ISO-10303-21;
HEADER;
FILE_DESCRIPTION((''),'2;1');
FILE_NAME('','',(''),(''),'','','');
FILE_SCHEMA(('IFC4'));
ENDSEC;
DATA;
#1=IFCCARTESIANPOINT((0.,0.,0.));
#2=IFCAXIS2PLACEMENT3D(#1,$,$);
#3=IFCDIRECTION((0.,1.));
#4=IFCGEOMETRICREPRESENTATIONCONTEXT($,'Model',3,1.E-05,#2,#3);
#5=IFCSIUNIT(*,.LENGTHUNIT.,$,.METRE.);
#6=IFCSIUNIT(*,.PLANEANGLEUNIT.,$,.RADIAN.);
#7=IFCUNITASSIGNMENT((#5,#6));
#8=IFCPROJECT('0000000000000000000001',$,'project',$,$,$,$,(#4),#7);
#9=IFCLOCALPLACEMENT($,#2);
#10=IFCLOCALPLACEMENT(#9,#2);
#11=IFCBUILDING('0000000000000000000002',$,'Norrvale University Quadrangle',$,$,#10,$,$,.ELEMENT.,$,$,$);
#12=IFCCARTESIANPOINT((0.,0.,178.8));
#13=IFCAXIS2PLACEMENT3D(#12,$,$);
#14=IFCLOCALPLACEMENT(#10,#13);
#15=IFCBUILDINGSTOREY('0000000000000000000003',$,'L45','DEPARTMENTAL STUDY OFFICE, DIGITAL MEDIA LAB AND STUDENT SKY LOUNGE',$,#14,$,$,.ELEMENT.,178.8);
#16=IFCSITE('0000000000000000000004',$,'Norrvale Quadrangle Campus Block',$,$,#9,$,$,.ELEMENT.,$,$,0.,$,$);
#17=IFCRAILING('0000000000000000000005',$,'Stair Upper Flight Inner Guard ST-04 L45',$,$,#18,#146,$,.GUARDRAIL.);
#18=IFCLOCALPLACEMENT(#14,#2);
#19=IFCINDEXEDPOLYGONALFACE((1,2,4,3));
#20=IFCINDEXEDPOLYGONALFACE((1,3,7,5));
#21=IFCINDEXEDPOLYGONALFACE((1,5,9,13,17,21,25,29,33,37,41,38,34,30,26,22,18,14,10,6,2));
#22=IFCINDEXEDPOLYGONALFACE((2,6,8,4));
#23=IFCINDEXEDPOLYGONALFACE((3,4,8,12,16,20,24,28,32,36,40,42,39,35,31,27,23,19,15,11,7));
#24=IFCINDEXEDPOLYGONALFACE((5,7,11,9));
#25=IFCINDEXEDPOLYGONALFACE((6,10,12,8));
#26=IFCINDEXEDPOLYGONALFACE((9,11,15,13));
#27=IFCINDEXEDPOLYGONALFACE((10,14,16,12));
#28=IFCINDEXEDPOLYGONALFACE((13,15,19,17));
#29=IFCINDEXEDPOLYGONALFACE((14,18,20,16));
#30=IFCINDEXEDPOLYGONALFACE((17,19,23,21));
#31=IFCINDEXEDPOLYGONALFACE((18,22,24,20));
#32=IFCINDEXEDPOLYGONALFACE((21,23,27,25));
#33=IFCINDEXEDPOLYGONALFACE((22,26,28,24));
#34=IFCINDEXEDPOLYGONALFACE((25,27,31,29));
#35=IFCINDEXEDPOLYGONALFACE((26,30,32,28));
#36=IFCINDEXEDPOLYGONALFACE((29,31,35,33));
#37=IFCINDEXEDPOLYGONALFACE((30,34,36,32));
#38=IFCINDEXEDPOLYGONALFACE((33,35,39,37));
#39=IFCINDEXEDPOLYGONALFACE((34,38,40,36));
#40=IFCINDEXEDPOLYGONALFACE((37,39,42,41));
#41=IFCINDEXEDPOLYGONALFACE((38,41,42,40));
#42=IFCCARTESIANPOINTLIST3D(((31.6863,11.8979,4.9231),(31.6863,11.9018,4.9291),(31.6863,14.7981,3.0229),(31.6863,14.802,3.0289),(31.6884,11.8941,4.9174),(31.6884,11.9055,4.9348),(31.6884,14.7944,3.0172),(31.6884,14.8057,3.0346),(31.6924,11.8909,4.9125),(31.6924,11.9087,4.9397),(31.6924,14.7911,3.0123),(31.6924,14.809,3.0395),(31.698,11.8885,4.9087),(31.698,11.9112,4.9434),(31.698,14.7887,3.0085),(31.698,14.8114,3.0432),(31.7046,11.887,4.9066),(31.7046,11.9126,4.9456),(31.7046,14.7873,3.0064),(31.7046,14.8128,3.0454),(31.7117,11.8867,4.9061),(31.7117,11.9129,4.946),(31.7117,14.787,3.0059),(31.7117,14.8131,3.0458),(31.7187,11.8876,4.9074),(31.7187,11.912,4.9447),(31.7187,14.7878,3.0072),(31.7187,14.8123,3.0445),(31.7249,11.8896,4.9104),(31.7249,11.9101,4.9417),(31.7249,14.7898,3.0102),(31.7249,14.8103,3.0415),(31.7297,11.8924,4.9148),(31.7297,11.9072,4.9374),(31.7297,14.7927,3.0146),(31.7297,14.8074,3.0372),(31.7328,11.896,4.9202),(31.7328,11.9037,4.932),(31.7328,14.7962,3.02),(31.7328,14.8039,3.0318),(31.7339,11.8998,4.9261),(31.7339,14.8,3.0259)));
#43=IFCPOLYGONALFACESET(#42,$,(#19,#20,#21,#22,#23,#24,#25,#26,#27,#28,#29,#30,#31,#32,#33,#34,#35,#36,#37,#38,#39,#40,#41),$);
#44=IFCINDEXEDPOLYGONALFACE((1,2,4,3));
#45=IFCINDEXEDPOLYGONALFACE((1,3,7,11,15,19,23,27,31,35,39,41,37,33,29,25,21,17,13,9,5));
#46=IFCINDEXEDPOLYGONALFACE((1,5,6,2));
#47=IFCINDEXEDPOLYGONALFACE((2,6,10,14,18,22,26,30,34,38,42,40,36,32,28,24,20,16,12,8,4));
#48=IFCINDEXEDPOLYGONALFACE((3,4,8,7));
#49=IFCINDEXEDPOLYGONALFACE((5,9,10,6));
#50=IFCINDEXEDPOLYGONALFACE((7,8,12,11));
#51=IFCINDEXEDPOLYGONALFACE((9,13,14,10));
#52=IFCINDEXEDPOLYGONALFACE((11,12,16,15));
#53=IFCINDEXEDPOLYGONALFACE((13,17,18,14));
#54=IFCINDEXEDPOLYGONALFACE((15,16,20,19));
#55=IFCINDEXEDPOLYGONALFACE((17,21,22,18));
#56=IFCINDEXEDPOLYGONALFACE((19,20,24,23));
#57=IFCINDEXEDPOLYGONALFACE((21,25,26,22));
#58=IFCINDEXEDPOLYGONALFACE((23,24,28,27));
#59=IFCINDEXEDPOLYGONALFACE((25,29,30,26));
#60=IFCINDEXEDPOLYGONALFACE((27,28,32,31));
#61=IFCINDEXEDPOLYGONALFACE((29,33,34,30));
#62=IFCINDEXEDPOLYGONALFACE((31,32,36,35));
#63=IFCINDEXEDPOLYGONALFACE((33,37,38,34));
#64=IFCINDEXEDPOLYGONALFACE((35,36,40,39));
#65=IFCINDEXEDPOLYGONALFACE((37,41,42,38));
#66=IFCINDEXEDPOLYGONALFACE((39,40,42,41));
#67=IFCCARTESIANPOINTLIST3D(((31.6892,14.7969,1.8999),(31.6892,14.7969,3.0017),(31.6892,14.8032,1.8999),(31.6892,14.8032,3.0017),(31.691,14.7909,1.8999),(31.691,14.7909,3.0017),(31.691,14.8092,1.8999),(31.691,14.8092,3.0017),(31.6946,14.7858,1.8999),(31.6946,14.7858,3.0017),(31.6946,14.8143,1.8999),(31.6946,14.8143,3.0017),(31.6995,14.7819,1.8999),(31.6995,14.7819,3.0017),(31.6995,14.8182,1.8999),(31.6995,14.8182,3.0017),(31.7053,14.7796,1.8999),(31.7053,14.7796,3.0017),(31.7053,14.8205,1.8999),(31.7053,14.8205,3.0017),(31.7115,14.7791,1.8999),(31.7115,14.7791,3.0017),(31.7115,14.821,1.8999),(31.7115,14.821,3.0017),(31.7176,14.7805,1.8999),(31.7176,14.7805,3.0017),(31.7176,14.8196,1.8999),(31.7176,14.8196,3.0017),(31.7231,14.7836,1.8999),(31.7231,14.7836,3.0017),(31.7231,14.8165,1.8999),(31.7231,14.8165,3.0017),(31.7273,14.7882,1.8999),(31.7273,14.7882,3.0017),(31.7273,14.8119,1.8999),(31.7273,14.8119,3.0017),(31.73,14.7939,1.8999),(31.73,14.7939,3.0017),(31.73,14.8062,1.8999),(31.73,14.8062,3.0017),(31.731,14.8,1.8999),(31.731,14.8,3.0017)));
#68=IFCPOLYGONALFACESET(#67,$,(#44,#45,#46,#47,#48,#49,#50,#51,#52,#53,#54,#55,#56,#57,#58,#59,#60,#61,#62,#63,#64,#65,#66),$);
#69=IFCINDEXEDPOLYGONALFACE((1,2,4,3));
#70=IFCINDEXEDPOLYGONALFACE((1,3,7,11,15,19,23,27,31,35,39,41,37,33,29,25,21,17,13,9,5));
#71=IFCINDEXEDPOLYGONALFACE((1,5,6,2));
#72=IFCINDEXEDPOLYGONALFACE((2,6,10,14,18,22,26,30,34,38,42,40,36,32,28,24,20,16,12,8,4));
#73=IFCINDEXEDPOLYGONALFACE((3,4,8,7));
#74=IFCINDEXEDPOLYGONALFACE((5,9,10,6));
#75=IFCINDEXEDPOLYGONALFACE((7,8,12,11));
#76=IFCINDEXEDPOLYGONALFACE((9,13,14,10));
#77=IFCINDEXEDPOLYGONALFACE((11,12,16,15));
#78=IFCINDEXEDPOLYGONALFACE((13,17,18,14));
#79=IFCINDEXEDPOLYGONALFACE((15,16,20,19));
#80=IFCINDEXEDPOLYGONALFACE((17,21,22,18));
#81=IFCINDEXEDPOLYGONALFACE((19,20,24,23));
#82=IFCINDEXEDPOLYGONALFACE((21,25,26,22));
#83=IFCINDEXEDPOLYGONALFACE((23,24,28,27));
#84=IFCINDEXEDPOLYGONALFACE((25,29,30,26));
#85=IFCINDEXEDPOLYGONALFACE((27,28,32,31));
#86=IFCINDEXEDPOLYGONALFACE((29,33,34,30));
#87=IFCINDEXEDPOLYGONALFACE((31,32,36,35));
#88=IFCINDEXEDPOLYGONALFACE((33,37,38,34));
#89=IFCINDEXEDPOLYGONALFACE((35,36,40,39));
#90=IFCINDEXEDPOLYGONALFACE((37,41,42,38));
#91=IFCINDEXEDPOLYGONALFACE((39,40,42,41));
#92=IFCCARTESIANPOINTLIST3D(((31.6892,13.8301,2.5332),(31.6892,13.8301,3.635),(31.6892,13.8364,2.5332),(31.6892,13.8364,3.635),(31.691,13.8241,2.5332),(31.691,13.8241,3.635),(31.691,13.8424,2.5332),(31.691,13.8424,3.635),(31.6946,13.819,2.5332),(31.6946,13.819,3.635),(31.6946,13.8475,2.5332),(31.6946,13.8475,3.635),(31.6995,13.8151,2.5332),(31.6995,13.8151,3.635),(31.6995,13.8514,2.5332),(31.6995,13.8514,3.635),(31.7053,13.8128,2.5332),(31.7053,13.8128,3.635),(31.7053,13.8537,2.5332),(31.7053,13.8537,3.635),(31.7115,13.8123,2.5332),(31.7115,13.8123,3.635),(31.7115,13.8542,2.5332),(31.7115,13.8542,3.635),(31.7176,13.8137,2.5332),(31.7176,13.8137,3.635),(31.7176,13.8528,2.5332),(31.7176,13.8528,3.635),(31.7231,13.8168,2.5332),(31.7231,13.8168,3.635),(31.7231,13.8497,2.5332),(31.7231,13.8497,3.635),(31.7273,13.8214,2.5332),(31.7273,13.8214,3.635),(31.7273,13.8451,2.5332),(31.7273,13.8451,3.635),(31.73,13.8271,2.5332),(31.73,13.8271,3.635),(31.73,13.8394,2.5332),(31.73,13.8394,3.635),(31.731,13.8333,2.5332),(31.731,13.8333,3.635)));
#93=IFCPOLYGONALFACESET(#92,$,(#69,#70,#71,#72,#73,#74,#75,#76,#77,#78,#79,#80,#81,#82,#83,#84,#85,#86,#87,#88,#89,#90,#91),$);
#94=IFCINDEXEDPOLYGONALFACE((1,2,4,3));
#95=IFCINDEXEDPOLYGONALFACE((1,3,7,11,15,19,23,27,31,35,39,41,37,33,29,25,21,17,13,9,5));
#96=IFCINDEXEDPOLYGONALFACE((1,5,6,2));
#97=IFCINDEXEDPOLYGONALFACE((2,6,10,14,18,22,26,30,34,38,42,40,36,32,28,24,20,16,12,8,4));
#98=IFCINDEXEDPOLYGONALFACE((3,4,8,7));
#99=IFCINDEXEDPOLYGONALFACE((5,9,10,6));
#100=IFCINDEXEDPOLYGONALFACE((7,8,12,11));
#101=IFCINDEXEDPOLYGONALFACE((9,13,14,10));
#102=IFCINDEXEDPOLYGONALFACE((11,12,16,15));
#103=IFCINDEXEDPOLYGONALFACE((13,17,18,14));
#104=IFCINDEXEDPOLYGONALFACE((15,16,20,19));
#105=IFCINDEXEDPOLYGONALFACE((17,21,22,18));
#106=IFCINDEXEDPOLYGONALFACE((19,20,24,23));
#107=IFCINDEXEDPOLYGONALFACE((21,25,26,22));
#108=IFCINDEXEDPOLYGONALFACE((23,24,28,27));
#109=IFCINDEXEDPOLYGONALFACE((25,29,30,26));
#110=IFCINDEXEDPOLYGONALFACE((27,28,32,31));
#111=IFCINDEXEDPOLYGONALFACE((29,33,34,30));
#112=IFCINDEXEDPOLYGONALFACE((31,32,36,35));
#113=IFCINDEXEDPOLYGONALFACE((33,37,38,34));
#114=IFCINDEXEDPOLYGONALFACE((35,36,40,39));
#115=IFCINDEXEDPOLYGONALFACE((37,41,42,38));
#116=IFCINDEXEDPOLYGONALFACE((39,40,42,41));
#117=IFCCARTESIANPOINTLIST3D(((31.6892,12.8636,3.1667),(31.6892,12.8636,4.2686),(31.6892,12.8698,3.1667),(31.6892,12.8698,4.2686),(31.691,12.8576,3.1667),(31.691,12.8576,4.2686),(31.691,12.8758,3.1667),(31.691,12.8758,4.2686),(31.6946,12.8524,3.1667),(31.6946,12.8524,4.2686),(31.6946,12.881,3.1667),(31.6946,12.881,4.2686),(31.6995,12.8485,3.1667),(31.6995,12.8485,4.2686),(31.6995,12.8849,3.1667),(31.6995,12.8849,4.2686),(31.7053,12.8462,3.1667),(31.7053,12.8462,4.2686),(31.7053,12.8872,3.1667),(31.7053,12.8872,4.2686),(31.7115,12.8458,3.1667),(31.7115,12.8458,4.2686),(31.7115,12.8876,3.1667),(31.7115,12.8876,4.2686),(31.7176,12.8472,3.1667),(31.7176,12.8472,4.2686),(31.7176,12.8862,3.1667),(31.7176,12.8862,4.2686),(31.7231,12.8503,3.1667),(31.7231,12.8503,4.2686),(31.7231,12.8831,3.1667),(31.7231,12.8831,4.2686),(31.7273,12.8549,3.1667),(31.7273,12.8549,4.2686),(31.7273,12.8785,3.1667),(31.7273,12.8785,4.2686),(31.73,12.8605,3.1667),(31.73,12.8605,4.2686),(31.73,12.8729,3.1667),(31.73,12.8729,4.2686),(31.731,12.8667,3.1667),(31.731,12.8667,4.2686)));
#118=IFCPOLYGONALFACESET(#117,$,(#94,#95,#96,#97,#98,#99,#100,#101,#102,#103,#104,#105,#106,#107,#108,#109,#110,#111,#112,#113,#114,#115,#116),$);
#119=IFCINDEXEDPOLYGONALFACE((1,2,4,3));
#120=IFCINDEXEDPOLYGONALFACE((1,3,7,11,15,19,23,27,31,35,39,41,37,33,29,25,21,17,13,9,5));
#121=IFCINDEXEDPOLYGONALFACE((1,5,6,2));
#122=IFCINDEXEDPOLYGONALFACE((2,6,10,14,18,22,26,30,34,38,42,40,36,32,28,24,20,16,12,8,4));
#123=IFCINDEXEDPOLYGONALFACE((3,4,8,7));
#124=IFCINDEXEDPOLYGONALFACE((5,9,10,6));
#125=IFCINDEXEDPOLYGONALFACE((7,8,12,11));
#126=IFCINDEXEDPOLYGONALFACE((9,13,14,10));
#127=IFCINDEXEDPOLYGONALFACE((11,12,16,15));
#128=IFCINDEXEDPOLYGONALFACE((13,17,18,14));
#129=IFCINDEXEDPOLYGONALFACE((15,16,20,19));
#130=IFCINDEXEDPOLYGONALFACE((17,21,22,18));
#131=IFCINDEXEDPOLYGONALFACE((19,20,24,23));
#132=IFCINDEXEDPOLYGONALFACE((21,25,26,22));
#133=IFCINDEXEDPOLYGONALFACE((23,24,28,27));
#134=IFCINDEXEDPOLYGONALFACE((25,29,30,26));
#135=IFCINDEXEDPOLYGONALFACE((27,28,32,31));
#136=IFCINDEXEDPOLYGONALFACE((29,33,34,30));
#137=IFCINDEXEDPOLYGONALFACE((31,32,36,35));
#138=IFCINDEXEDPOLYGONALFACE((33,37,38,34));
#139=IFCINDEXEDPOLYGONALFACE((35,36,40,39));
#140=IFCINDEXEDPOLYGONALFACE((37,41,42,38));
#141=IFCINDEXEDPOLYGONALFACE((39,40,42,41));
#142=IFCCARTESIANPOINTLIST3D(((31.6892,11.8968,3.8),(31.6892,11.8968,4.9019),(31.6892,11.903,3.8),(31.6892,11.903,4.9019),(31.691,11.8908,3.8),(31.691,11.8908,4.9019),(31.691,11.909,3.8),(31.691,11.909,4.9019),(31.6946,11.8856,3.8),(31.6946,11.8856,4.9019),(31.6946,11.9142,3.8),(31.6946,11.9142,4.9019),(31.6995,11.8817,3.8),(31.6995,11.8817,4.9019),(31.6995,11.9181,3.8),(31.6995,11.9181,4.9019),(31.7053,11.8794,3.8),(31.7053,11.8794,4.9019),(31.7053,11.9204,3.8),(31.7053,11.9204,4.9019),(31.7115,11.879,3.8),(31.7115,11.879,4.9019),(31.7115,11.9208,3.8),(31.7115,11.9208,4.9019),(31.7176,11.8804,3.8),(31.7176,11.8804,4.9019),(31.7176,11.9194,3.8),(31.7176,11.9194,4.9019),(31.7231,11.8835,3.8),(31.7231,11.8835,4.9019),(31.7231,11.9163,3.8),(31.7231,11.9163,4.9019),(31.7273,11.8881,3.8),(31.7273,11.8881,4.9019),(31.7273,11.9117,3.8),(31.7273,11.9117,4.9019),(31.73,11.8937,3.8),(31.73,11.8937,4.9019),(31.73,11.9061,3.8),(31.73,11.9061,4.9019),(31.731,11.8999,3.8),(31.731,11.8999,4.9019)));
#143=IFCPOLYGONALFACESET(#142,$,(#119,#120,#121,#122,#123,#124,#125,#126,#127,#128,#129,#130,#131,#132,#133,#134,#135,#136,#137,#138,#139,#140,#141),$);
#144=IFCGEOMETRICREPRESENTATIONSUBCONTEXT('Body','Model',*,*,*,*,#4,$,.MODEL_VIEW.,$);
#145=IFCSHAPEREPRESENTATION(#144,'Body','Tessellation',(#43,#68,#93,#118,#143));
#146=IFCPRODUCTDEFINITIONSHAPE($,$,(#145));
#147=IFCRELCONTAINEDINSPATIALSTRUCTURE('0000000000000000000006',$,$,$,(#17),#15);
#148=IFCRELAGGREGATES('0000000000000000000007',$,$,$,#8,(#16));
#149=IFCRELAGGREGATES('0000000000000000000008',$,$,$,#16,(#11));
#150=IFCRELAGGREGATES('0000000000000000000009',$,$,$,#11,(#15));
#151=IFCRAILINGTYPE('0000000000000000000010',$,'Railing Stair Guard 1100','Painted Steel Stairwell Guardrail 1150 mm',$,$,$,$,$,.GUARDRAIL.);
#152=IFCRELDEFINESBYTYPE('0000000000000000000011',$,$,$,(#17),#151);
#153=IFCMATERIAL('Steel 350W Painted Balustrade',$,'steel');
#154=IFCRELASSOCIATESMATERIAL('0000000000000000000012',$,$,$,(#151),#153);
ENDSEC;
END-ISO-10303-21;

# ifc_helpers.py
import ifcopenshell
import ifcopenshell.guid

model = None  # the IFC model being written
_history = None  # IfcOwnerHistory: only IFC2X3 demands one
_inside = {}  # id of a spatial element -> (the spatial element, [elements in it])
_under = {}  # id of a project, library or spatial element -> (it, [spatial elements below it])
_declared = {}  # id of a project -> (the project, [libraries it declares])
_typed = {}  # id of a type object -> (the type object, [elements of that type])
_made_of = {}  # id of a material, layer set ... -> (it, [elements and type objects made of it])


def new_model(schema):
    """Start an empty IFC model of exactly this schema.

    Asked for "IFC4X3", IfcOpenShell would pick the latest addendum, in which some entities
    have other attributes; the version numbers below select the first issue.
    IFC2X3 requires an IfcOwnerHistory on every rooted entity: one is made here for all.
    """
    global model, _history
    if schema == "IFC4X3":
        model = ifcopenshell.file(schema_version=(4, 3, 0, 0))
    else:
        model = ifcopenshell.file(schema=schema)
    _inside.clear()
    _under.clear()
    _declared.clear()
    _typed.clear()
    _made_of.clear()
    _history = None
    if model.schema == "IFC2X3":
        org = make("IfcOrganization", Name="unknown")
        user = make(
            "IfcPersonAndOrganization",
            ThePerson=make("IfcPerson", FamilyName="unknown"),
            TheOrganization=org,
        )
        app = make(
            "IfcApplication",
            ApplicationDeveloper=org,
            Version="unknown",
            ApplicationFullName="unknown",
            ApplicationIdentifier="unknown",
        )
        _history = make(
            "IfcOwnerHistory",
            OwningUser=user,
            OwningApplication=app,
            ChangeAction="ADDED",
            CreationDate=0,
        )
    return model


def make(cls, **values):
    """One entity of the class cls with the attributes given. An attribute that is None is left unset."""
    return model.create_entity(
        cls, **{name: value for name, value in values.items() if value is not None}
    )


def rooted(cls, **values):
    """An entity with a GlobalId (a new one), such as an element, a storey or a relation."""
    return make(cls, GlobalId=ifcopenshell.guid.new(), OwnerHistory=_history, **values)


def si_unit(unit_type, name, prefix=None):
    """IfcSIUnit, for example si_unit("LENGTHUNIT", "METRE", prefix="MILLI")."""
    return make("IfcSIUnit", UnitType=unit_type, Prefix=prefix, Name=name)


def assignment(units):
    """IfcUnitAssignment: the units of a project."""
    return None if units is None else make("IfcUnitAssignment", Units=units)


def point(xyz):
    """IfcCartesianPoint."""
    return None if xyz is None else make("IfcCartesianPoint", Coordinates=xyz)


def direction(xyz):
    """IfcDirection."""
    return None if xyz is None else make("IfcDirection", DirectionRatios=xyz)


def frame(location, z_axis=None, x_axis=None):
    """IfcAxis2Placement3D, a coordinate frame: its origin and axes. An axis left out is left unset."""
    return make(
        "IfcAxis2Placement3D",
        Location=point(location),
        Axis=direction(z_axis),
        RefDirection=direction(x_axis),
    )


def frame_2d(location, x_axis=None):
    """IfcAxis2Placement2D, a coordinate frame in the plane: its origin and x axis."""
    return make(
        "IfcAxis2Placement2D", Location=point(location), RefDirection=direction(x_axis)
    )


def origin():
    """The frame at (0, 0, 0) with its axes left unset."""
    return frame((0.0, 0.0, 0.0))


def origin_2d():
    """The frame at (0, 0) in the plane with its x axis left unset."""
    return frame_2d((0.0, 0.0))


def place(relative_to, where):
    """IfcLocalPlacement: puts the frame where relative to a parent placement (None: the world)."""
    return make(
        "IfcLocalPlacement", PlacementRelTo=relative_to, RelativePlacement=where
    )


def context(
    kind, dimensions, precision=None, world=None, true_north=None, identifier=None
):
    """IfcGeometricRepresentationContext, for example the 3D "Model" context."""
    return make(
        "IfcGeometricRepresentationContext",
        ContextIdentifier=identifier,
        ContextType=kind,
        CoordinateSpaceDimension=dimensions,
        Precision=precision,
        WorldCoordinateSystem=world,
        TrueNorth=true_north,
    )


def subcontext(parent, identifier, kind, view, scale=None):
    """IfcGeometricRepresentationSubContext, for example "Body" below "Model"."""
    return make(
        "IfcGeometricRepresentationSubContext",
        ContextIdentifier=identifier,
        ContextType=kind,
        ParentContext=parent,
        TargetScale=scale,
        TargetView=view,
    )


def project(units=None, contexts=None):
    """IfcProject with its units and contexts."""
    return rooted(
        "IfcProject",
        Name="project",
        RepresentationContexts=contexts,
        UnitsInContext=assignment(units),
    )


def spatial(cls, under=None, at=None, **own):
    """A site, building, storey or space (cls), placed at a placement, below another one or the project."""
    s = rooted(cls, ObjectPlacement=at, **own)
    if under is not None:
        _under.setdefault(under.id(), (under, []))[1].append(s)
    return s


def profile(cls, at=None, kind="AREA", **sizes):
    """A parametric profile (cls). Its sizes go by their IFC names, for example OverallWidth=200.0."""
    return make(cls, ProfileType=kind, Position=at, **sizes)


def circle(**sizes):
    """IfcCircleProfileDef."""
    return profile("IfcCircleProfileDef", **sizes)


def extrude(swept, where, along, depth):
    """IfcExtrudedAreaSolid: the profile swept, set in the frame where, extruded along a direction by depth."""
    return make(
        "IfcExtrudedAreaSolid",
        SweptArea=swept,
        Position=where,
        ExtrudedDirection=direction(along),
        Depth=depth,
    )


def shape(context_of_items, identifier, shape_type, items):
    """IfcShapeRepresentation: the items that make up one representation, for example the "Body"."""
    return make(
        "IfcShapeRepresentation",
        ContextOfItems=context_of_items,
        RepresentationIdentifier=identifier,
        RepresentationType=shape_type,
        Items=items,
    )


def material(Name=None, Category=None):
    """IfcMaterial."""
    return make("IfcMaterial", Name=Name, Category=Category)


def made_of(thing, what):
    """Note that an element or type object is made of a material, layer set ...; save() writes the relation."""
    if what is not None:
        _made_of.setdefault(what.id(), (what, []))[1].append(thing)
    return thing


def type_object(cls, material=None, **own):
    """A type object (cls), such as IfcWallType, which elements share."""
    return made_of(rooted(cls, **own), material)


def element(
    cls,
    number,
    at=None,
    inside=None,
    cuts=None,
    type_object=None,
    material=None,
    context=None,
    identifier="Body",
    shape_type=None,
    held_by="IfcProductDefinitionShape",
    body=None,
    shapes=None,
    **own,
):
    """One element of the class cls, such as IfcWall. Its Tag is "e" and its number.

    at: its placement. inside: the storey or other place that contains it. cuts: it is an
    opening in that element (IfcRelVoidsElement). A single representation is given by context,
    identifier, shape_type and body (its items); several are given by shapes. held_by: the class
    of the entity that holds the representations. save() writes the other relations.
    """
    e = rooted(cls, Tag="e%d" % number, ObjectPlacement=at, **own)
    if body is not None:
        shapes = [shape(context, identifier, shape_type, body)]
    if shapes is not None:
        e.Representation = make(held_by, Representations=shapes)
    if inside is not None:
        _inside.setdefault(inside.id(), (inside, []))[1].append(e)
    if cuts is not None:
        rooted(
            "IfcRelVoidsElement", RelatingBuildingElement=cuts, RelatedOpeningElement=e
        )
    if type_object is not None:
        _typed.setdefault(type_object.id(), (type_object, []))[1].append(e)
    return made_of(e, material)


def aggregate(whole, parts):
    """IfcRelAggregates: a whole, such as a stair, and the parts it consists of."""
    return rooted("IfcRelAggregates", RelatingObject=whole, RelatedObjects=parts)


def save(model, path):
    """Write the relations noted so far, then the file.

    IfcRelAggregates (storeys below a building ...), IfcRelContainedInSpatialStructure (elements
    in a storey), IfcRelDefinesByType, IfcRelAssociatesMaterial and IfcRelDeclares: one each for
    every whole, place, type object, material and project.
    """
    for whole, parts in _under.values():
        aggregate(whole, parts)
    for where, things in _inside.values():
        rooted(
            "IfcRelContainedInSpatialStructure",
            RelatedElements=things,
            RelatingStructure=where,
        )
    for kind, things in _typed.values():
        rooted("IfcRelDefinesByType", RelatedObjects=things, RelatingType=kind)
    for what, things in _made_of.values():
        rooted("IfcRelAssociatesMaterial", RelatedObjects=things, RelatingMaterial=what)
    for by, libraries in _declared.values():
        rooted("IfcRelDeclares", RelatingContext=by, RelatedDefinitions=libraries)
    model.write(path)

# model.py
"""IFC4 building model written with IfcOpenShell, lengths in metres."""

from ifc_helpers import new_model, si_unit, direction, frame, origin, origin_2d, place, context, subcontext, project, spatial, circle, extrude, material, type_object, element, save


model = new_model("IFC4")

# Units and contexts
model_context = context("Model", 3, precision=1e-05, world=origin(), true_north=direction((0.0, 1.0)))
body_context = subcontext(model_context, "Body", "Model", "MODEL_VIEW")
ifc_project = project(units=[si_unit("LENGTHUNIT", "METRE"), si_unit("PLANEANGLEUNIT", "RADIAN")], contexts=[model_context])

# Site, building, storey
site_placement = place(None, origin())
site = spatial("IfcSite", under=ifc_project, at=site_placement, Name="Norrvale Quadrangle Campus Block", CompositionType="ELEMENT", RefElevation=0.0)
building_placement = place(site_placement, origin())
building = spatial("IfcBuilding", under=site, at=building_placement, Name="Norrvale University Quadrangle", CompositionType="ELEMENT")
storey_placement = place(building_placement, frame((0.0, 0.0, 178.8)))
storey = spatial("IfcBuildingStorey", under=building, at=storey_placement, Name="L45", Description="DEPARTMENTAL STUDY OFFICE, DIGITAL MEDIA LAB AND STUDENT SKY LOUNGE", CompositionType="ELEMENT", Elevation=178.8)

# Railing
ifc_material_1 = material(Name="Steel 350W Painted Balustrade", Category="steel")
railing_type_1 = type_object("IfcRailingType", Name="Railing Stair Guard 1100", Description="Painted Steel Stairwell Guardrail 1150 mm", PredefinedType="GUARDRAIL", material=ifc_material_1)
railing_1_placement = place(storey_placement, frame((31.71, 14.8, 1.8999)))
element("IfcRailing", 1, at=railing_1_placement, inside=storey, type_object=railing_type_1, Name="Stair Upper Flight Inner Guard ST-04 L45", PredefinedType="GUARDRAIL", context=body_context, shape_type="SweptSolid", body=[
    extrude(circle(Radius=0.0239, at=origin_2d()), frame((0.0, 0.0, 1.126), z_axis=(0.0, -0.836454, 0.548036), x_axis=(1.0, 0.0, 0.0)), (0.0, 0.0, 1.0), 3.4673),
    extrude(circle(Radius=0.021, at=origin_2d()), origin(), (0.0, 0.0, 1.0), 1.1018),
    extrude(circle(Radius=0.021, at=origin_2d()), frame((0.0, -0.9668, 0.6333)), (0.0, 0.0, 1.0), 1.1018),
    extrude(circle(Radius=0.021, at=origin_2d()), frame((0.0, -1.9333, 1.2668)), (0.0, 0.0, 1.0), 1.1018),
    extrude(circle(Radius=0.021, at=origin_2d()), frame((0.0, -2.9001, 1.9001)), (0.0, 0.0, 1.0), 1.1018),
])

save(model, "model.ifc")
